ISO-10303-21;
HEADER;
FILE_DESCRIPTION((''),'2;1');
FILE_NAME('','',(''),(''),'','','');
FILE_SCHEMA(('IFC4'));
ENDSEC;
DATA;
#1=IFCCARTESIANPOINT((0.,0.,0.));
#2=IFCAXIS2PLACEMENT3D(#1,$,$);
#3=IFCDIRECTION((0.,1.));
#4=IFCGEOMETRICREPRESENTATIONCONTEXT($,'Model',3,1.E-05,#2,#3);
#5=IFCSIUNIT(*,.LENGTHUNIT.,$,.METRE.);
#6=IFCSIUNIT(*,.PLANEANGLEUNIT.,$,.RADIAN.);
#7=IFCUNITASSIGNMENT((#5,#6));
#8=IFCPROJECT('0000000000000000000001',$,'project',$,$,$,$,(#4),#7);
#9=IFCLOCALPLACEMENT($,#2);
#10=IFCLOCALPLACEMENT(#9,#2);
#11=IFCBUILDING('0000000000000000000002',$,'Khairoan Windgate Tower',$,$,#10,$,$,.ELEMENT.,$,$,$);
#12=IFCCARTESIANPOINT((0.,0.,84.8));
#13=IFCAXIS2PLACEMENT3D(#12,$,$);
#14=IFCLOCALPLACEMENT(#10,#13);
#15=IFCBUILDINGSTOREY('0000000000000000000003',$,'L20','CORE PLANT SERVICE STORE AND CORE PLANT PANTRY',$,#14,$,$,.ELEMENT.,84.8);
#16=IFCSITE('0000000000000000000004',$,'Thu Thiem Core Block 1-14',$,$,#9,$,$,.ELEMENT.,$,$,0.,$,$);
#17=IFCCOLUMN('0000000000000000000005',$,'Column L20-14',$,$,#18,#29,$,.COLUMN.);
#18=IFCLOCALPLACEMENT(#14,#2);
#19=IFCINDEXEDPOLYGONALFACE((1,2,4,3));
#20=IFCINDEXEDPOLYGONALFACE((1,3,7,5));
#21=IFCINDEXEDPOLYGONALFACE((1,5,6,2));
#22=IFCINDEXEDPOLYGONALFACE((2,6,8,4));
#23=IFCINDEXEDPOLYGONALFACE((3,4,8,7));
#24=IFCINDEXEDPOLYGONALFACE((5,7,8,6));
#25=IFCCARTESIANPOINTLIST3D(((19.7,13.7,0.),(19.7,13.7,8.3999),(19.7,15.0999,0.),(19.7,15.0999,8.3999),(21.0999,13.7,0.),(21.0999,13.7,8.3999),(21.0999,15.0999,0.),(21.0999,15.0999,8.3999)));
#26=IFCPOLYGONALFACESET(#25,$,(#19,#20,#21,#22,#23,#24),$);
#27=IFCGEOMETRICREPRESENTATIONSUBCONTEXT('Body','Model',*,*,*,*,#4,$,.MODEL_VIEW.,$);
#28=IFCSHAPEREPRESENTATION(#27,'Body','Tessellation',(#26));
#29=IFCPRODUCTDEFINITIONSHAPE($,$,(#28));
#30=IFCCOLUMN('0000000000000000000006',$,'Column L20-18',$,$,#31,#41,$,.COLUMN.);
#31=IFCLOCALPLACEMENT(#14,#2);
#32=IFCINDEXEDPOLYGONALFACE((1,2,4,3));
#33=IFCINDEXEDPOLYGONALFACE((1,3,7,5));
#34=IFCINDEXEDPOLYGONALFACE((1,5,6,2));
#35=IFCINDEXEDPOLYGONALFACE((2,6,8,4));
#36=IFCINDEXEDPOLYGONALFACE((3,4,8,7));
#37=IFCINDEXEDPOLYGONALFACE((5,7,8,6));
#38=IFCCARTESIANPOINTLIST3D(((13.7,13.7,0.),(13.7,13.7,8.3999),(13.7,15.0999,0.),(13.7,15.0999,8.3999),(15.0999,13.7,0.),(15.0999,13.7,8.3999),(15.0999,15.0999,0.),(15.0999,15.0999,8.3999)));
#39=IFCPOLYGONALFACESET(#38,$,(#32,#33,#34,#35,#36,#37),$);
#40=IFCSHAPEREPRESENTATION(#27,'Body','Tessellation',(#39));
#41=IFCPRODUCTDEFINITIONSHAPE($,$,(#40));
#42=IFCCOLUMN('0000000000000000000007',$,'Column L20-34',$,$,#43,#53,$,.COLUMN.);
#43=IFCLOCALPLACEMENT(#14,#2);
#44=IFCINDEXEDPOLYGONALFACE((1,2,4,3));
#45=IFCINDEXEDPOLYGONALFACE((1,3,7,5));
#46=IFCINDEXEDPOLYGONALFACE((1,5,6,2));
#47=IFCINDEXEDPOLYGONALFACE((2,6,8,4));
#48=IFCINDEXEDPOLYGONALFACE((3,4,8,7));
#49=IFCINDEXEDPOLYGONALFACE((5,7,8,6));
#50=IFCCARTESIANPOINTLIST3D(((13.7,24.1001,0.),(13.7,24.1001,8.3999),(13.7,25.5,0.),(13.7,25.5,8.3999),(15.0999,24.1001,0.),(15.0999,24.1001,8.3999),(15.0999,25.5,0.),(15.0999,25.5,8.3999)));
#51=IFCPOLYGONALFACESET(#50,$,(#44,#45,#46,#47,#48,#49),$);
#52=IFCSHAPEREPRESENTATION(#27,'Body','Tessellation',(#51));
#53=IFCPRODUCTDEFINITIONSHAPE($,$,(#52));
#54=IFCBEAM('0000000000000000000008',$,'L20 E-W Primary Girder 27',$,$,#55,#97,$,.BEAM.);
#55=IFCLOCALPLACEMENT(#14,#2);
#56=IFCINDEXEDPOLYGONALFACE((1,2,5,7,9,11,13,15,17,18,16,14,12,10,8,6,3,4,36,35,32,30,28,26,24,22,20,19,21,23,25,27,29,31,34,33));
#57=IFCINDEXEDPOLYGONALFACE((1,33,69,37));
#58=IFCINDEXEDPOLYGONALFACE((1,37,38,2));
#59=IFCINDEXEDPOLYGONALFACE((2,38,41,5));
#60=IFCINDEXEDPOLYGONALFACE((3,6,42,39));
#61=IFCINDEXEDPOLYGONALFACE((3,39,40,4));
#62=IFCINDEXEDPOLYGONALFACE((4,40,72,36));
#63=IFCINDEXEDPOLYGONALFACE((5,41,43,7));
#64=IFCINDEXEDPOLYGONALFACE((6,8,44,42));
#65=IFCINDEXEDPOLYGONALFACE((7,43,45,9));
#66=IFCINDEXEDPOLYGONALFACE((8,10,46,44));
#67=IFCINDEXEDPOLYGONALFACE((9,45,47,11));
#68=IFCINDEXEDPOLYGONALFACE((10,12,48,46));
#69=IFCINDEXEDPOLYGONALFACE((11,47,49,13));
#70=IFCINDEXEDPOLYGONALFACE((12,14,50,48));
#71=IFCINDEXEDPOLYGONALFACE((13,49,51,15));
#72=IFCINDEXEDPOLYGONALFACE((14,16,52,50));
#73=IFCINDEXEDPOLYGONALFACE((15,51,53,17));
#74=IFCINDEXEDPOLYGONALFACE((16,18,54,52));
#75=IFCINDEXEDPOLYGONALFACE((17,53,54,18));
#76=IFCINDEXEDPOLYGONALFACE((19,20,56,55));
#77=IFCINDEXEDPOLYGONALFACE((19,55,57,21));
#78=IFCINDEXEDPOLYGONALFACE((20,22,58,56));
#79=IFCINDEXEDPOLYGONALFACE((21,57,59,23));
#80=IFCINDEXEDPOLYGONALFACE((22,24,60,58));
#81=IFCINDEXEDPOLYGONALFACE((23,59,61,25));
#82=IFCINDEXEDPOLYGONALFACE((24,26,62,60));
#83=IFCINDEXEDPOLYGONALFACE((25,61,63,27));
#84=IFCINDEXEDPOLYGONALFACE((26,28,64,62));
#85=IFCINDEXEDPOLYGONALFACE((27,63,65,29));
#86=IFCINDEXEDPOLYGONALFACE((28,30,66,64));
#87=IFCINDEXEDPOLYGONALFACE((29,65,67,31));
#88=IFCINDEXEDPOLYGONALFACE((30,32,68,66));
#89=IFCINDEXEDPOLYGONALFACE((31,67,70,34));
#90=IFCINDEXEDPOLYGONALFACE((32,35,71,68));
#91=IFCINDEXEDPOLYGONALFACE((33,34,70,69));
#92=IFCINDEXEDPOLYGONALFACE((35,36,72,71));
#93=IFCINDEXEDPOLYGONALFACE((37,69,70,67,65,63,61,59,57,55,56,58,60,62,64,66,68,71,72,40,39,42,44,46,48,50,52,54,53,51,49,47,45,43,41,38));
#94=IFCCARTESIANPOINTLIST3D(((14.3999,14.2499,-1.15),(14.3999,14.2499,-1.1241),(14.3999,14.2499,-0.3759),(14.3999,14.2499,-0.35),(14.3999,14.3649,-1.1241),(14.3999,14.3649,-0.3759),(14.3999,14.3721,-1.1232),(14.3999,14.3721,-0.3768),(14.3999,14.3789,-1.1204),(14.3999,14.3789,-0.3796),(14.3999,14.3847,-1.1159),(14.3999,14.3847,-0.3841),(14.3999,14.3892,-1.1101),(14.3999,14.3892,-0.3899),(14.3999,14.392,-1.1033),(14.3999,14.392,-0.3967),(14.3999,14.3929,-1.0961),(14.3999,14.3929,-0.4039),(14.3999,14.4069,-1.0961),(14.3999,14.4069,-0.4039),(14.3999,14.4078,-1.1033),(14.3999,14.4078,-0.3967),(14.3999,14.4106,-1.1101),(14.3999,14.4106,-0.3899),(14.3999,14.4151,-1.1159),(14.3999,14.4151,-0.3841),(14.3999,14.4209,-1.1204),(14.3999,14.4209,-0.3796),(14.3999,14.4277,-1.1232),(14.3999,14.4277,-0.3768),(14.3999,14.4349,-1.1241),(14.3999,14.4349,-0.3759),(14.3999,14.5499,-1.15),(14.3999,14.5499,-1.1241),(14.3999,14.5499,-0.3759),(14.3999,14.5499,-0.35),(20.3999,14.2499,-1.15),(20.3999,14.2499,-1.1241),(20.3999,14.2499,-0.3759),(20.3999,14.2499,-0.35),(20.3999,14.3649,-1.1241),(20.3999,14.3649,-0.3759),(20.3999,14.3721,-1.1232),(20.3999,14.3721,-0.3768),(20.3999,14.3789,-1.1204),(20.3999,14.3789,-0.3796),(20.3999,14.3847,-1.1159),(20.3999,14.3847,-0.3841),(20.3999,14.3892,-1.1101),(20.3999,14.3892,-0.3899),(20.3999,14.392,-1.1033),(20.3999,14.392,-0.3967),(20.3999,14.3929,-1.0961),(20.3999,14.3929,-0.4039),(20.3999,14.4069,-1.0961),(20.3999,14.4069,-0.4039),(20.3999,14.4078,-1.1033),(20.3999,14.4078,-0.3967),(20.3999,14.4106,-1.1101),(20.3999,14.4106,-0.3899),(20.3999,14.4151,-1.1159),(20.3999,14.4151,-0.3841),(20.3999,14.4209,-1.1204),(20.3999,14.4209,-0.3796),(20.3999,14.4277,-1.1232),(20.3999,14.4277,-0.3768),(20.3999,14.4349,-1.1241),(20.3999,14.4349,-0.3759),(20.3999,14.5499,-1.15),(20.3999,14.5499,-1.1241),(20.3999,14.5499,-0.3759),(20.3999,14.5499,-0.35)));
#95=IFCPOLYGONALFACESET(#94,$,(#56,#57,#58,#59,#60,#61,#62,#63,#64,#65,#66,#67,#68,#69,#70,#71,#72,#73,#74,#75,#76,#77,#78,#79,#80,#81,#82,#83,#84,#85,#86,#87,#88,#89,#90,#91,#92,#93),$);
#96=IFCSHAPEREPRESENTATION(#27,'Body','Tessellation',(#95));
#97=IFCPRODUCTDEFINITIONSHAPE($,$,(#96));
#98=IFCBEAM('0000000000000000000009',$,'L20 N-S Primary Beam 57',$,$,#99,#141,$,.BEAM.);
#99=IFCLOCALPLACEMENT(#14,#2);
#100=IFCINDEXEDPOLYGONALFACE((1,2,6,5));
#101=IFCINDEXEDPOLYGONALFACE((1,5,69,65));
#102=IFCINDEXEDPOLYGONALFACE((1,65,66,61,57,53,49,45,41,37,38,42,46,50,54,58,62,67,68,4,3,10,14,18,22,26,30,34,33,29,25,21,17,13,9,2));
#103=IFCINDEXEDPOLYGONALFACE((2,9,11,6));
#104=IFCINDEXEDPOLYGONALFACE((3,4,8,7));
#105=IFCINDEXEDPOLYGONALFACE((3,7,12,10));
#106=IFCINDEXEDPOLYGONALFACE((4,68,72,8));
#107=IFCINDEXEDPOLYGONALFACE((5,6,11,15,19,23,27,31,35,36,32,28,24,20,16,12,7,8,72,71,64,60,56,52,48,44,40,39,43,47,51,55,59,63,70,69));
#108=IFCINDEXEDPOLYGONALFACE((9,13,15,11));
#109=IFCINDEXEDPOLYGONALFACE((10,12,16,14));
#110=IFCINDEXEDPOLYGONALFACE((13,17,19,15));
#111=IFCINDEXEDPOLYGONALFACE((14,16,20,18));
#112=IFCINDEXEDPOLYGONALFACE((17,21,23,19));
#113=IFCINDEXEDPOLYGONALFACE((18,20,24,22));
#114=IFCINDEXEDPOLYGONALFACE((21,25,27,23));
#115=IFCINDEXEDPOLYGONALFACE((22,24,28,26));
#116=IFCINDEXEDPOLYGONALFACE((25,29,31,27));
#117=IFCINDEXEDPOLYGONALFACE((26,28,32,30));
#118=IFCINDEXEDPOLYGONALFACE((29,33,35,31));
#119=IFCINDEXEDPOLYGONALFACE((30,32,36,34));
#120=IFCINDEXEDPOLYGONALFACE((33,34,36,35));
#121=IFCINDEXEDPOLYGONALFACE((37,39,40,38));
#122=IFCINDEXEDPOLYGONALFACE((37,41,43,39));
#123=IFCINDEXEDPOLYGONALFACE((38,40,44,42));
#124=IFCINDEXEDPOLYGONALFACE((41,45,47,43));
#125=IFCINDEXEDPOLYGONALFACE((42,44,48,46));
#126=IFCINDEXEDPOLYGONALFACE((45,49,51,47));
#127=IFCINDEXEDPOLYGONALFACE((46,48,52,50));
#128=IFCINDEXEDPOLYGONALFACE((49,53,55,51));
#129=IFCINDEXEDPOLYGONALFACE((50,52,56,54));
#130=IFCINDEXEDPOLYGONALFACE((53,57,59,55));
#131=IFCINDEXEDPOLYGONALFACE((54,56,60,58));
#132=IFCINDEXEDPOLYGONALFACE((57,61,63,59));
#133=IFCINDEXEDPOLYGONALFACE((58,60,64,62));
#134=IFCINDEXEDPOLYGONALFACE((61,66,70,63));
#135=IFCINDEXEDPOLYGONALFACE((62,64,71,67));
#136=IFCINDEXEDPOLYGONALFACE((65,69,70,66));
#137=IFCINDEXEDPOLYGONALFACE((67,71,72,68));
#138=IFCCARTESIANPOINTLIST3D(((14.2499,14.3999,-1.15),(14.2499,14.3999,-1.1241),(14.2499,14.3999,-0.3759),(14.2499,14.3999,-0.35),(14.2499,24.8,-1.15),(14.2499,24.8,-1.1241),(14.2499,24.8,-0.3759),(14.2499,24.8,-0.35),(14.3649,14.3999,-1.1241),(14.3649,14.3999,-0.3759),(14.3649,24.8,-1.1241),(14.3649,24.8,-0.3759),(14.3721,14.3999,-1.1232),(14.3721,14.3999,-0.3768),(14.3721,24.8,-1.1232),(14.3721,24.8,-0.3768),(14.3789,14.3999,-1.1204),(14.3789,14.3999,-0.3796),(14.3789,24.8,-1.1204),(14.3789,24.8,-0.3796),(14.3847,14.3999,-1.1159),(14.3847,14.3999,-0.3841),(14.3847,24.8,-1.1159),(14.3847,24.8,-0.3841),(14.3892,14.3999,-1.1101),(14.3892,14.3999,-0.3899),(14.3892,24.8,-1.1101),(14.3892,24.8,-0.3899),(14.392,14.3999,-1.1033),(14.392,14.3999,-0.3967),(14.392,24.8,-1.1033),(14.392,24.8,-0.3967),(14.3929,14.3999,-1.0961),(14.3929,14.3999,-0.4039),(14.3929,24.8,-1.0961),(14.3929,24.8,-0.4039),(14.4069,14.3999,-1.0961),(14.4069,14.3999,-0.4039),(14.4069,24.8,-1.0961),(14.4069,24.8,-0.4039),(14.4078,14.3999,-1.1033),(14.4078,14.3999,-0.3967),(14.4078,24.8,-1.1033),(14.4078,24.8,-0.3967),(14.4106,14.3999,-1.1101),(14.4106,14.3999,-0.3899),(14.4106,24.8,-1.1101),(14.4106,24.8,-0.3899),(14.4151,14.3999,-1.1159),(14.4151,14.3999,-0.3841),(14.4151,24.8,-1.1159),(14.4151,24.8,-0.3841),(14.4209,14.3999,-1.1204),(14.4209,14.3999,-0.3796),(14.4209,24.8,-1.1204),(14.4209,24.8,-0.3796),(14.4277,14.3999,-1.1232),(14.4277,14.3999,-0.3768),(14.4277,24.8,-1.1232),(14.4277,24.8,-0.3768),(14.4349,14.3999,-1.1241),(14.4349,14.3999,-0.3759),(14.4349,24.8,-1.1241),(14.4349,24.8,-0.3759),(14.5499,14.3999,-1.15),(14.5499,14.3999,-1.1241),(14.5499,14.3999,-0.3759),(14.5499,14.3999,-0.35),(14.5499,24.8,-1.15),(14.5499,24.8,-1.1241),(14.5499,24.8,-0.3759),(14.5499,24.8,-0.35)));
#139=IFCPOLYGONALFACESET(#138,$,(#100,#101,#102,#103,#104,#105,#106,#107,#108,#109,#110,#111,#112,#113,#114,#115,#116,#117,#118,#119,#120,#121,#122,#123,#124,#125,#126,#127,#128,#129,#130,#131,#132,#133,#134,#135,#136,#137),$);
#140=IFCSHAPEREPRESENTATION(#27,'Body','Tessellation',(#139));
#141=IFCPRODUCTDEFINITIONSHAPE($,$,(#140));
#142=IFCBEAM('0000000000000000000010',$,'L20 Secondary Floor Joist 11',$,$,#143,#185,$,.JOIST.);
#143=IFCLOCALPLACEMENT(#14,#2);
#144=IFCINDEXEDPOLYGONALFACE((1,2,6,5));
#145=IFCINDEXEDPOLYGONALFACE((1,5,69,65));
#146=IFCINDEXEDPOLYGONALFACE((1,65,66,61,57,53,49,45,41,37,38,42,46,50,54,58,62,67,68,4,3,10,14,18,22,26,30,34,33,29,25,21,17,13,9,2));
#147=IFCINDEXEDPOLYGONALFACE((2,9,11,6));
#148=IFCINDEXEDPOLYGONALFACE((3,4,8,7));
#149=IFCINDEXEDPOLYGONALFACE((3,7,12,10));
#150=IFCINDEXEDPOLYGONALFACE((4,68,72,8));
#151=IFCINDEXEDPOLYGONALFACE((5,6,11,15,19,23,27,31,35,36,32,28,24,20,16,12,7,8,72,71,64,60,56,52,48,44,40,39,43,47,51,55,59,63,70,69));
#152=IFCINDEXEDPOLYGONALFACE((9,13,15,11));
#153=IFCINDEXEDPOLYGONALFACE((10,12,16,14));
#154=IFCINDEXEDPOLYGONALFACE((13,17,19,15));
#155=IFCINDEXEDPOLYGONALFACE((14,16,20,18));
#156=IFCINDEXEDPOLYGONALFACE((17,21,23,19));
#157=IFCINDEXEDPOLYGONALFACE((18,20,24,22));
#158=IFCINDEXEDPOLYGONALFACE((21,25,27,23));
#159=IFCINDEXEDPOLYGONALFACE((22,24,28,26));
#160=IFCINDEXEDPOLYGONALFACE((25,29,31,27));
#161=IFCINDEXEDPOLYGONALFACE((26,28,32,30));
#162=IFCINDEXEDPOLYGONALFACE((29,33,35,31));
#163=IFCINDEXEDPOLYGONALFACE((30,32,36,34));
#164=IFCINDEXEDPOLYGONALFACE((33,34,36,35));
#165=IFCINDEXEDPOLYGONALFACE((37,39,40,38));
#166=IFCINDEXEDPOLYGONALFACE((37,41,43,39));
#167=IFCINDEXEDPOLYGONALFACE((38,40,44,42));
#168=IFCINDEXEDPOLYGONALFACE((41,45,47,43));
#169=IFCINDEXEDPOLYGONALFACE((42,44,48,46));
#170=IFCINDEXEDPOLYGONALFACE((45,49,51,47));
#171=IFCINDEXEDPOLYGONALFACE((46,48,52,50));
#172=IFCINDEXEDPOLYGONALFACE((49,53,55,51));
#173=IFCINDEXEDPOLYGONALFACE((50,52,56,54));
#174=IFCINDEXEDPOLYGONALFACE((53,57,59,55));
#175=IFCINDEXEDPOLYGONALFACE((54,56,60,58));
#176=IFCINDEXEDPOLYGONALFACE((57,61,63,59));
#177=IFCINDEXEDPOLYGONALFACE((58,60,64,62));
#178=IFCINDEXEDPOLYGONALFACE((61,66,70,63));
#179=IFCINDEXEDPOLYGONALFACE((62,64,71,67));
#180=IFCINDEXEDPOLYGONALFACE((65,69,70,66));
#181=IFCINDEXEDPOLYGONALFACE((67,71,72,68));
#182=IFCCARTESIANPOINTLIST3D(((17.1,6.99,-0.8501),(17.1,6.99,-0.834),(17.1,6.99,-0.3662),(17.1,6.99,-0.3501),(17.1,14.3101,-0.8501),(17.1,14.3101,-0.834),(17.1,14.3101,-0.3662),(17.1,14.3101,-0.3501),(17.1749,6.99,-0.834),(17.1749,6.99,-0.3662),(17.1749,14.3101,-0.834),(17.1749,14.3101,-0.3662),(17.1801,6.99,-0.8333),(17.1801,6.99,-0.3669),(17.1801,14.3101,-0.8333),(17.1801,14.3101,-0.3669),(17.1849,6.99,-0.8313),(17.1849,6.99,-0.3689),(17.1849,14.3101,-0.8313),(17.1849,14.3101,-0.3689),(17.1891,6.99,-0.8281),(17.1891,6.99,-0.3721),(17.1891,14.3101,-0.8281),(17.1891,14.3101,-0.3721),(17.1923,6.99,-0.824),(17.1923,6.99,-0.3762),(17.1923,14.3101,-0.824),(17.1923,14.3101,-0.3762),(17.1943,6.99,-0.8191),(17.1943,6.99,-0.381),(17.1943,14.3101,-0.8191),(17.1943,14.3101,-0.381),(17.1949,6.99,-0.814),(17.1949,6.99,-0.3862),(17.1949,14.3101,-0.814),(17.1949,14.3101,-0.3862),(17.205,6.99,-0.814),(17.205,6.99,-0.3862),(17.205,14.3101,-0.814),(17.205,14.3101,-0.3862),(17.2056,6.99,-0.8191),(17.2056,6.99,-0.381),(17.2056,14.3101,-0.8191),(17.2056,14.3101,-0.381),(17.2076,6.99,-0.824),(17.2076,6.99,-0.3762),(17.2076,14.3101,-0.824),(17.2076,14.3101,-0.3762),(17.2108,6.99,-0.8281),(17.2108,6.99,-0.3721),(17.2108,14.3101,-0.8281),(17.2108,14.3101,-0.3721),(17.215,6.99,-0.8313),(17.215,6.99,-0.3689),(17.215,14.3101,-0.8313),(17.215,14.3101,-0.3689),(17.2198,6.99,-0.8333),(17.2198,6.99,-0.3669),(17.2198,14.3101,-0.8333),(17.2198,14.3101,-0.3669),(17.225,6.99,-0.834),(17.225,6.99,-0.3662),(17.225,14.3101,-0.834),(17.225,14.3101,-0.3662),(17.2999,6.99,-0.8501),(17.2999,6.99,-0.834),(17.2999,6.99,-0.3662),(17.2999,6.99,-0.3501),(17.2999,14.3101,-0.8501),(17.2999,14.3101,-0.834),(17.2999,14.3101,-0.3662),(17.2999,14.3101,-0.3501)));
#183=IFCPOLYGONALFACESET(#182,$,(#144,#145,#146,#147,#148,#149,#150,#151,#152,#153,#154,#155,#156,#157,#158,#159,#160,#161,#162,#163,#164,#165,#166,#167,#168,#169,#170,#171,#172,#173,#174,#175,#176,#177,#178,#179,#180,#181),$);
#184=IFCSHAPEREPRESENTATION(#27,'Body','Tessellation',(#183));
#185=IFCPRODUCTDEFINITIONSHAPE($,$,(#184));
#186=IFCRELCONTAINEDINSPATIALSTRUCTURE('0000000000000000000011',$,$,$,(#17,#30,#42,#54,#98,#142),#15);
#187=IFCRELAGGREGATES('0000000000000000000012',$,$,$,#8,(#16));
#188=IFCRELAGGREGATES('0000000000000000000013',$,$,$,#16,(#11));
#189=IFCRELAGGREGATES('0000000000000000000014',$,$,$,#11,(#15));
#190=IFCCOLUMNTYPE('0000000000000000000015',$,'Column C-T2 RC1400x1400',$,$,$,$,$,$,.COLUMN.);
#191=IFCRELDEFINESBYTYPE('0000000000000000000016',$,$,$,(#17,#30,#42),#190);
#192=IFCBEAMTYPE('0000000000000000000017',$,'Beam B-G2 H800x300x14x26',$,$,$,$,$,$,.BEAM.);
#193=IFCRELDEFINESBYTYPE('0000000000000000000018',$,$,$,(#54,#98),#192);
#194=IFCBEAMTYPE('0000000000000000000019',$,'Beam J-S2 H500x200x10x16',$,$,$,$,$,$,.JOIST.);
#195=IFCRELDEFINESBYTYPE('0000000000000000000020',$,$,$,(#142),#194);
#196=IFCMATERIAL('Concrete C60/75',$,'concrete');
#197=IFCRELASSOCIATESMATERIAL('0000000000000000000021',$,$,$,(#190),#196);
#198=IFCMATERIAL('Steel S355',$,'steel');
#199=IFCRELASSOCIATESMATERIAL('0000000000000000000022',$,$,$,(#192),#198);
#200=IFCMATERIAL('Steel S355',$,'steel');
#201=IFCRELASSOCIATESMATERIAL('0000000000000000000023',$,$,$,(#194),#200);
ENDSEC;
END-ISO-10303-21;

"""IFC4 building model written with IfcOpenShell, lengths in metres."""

from ifc_helpers import new_model, si_unit, direction, frame, origin, origin_2d, place, context, subcontext, project, spatial, rectangle, i_section, extrude, material, material_profile, profile_set, type_object, element, save


model = new_model("IFC4")

# Units and contexts
model_context = context("Model", 3, precision=1e-05, world=origin(), true_north=direction((0.0, 1.0)))
body_context = subcontext(model_context, "Body", "Model", "MODEL_VIEW")
ifc_project = project(units=[si_unit("LENGTHUNIT", "METRE"), si_unit("PLANEANGLEUNIT", "RADIAN")], contexts=[model_context])

# Site, building, storey
site_placement = place(None, origin())
site = spatial("IfcSite", under=ifc_project, at=site_placement, Name="Thu Thiem Core Block 1-14", CompositionType="ELEMENT", RefElevation=0.0)
building_placement = place(site_placement, origin())
building = spatial("IfcBuilding", under=site, at=building_placement, Name="Khairoan Windgate Tower", CompositionType="ELEMENT")
storey_placement = place(building_placement, frame((0.0, 0.0, 84.8)))
storey = spatial("IfcBuildingStorey", under=building, at=storey_placement, Name="L20", Description="CORE PLANT SERVICE STORE AND CORE PLANT PANTRY", CompositionType="ELEMENT", Elevation=84.8)

# Columns
ifc_material_1 = material(Name="Concrete C60/75", Category="concrete")
ifc_material_profile_1 = material_profile(ifc_material_1, rectangle(XDim=1.3999, YDim=1.3999, at=origin_2d()))
ifc_profile_set_1 = profile_set([ifc_material_profile_1], Name="Concrete C60/75")
column_type = type_object("IfcColumnType", Name="Column C-T2 RC1400x1400", PredefinedType="COLUMN", material=ifc_profile_set_1)
for number, where, z_axis, x_axis, name in (
    (1, (20.3999, 14.3999, 0.0), (0.0, 0.0, 1.0), (1.0, 0.0, 0.0), "Column L20-14"),
    (2, (14.3999, 14.3999, 0.0), (0.0, 0.0, 1.0), (1.0, 0.0, 0.0), "Column L20-18"),
    (3, (14.3999, 24.8, 0.0), (0.0, 0.0, 1.0), (1.0, 0.0, 0.0), "Column L20-34"),
):
    element("IfcColumn", number, at=place(storey_placement, frame(where, z_axis=z_axis, x_axis=x_axis)), inside=storey, type_object=column_type, Name=name, PredefinedType="COLUMN", context=body_context, shape_type="SweptSolid", body=[
        extrude(rectangle(XDim=1.3999, YDim=1.3999, at=origin_2d()), origin(), (0.0, 0.0, 1.0), 8.3999),
    ])

# Beams
ifc_material_2 = material(Name="Steel S355", Category="steel")
ifc_material_profile_2 = material_profile(ifc_material_2, i_section(OverallWidth=0.3, OverallDepth=0.8, WebThickness=0.0139, FlangeThickness=0.0259, FilletRadius=0.0281, at=origin_2d()))
ifc_profile_set_2 = profile_set([ifc_material_profile_2], Name="Steel S355")
beam_type_1 = type_object("IfcBeamType", Name="Beam B-G2 H800x300x14x26", PredefinedType="BEAM", material=ifc_profile_set_2)
beam_1_placement = place(storey_placement, frame((14.3999, 14.3999, -0.75), z_axis=(1.0, 0.0, 0.0), x_axis=(0.0, 1.0, 0.0)))
element("IfcBeam", 4, at=beam_1_placement, inside=storey, type_object=beam_type_1, Name="L20 E-W Primary Girder 27", PredefinedType="BEAM", context=body_context, shape_type="SweptSolid", body=[
    extrude(i_section(OverallWidth=0.3, OverallDepth=0.8, WebThickness=0.0139, FlangeThickness=0.0259, FilletRadius=0.0281, at=origin_2d()), origin(), (0.0, 0.0, 1.0), 6.0),
])
beam_2_placement = place(storey_placement, frame((14.3999, 14.3999, -0.75), z_axis=(0.0, 1.0, 0.0), x_axis=(-1.0, 0.0, 0.0)))
element("IfcBeam", 5, at=beam_2_placement, inside=storey, type_object=beam_type_1, Name="L20 N-S Primary Beam 57", PredefinedType="BEAM", context=body_context, shape_type="SweptSolid", body=[
    extrude(i_section(OverallWidth=0.3, OverallDepth=0.8, WebThickness=0.0139, FlangeThickness=0.0259, FilletRadius=0.0281, at=origin_2d()), origin(), (0.0, 0.0, 1.0), 10.4001),
])
ifc_material_3 = material(Name="Steel S355", Category="steel")
ifc_material_profile_3 = material_profile(ifc_material_3, i_section(OverallWidth=0.2, OverallDepth=0.5, WebThickness=0.01, FlangeThickness=0.0161, FilletRadius=0.02, at=origin_2d()))
ifc_profile_set_3 = profile_set([ifc_material_profile_3], Name="Steel S355")
beam_type_2 = type_object("IfcBeamType", Name="Beam J-S2 H500x200x10x16", PredefinedType="JOIST", material=ifc_profile_set_3)
beam_3_placement = place(storey_placement, frame((17.2, 6.99, -0.6001), z_axis=(0.0, 1.0, 0.0), x_axis=(-1.0, 0.0, 0.0)))
element("IfcBeam", 6, at=beam_3_placement, inside=storey, type_object=beam_type_2, Name="L20 Secondary Floor Joist 11", PredefinedType="JOIST", context=body_context, shape_type="SweptSolid", body=[
    extrude(i_section(OverallWidth=0.2, OverallDepth=0.5, WebThickness=0.01, FlangeThickness=0.0161, FilletRadius=0.02, at=origin_2d()), origin(), (0.0, 0.0, 1.0), 7.3201),
])

save(model, "model.ifc")
